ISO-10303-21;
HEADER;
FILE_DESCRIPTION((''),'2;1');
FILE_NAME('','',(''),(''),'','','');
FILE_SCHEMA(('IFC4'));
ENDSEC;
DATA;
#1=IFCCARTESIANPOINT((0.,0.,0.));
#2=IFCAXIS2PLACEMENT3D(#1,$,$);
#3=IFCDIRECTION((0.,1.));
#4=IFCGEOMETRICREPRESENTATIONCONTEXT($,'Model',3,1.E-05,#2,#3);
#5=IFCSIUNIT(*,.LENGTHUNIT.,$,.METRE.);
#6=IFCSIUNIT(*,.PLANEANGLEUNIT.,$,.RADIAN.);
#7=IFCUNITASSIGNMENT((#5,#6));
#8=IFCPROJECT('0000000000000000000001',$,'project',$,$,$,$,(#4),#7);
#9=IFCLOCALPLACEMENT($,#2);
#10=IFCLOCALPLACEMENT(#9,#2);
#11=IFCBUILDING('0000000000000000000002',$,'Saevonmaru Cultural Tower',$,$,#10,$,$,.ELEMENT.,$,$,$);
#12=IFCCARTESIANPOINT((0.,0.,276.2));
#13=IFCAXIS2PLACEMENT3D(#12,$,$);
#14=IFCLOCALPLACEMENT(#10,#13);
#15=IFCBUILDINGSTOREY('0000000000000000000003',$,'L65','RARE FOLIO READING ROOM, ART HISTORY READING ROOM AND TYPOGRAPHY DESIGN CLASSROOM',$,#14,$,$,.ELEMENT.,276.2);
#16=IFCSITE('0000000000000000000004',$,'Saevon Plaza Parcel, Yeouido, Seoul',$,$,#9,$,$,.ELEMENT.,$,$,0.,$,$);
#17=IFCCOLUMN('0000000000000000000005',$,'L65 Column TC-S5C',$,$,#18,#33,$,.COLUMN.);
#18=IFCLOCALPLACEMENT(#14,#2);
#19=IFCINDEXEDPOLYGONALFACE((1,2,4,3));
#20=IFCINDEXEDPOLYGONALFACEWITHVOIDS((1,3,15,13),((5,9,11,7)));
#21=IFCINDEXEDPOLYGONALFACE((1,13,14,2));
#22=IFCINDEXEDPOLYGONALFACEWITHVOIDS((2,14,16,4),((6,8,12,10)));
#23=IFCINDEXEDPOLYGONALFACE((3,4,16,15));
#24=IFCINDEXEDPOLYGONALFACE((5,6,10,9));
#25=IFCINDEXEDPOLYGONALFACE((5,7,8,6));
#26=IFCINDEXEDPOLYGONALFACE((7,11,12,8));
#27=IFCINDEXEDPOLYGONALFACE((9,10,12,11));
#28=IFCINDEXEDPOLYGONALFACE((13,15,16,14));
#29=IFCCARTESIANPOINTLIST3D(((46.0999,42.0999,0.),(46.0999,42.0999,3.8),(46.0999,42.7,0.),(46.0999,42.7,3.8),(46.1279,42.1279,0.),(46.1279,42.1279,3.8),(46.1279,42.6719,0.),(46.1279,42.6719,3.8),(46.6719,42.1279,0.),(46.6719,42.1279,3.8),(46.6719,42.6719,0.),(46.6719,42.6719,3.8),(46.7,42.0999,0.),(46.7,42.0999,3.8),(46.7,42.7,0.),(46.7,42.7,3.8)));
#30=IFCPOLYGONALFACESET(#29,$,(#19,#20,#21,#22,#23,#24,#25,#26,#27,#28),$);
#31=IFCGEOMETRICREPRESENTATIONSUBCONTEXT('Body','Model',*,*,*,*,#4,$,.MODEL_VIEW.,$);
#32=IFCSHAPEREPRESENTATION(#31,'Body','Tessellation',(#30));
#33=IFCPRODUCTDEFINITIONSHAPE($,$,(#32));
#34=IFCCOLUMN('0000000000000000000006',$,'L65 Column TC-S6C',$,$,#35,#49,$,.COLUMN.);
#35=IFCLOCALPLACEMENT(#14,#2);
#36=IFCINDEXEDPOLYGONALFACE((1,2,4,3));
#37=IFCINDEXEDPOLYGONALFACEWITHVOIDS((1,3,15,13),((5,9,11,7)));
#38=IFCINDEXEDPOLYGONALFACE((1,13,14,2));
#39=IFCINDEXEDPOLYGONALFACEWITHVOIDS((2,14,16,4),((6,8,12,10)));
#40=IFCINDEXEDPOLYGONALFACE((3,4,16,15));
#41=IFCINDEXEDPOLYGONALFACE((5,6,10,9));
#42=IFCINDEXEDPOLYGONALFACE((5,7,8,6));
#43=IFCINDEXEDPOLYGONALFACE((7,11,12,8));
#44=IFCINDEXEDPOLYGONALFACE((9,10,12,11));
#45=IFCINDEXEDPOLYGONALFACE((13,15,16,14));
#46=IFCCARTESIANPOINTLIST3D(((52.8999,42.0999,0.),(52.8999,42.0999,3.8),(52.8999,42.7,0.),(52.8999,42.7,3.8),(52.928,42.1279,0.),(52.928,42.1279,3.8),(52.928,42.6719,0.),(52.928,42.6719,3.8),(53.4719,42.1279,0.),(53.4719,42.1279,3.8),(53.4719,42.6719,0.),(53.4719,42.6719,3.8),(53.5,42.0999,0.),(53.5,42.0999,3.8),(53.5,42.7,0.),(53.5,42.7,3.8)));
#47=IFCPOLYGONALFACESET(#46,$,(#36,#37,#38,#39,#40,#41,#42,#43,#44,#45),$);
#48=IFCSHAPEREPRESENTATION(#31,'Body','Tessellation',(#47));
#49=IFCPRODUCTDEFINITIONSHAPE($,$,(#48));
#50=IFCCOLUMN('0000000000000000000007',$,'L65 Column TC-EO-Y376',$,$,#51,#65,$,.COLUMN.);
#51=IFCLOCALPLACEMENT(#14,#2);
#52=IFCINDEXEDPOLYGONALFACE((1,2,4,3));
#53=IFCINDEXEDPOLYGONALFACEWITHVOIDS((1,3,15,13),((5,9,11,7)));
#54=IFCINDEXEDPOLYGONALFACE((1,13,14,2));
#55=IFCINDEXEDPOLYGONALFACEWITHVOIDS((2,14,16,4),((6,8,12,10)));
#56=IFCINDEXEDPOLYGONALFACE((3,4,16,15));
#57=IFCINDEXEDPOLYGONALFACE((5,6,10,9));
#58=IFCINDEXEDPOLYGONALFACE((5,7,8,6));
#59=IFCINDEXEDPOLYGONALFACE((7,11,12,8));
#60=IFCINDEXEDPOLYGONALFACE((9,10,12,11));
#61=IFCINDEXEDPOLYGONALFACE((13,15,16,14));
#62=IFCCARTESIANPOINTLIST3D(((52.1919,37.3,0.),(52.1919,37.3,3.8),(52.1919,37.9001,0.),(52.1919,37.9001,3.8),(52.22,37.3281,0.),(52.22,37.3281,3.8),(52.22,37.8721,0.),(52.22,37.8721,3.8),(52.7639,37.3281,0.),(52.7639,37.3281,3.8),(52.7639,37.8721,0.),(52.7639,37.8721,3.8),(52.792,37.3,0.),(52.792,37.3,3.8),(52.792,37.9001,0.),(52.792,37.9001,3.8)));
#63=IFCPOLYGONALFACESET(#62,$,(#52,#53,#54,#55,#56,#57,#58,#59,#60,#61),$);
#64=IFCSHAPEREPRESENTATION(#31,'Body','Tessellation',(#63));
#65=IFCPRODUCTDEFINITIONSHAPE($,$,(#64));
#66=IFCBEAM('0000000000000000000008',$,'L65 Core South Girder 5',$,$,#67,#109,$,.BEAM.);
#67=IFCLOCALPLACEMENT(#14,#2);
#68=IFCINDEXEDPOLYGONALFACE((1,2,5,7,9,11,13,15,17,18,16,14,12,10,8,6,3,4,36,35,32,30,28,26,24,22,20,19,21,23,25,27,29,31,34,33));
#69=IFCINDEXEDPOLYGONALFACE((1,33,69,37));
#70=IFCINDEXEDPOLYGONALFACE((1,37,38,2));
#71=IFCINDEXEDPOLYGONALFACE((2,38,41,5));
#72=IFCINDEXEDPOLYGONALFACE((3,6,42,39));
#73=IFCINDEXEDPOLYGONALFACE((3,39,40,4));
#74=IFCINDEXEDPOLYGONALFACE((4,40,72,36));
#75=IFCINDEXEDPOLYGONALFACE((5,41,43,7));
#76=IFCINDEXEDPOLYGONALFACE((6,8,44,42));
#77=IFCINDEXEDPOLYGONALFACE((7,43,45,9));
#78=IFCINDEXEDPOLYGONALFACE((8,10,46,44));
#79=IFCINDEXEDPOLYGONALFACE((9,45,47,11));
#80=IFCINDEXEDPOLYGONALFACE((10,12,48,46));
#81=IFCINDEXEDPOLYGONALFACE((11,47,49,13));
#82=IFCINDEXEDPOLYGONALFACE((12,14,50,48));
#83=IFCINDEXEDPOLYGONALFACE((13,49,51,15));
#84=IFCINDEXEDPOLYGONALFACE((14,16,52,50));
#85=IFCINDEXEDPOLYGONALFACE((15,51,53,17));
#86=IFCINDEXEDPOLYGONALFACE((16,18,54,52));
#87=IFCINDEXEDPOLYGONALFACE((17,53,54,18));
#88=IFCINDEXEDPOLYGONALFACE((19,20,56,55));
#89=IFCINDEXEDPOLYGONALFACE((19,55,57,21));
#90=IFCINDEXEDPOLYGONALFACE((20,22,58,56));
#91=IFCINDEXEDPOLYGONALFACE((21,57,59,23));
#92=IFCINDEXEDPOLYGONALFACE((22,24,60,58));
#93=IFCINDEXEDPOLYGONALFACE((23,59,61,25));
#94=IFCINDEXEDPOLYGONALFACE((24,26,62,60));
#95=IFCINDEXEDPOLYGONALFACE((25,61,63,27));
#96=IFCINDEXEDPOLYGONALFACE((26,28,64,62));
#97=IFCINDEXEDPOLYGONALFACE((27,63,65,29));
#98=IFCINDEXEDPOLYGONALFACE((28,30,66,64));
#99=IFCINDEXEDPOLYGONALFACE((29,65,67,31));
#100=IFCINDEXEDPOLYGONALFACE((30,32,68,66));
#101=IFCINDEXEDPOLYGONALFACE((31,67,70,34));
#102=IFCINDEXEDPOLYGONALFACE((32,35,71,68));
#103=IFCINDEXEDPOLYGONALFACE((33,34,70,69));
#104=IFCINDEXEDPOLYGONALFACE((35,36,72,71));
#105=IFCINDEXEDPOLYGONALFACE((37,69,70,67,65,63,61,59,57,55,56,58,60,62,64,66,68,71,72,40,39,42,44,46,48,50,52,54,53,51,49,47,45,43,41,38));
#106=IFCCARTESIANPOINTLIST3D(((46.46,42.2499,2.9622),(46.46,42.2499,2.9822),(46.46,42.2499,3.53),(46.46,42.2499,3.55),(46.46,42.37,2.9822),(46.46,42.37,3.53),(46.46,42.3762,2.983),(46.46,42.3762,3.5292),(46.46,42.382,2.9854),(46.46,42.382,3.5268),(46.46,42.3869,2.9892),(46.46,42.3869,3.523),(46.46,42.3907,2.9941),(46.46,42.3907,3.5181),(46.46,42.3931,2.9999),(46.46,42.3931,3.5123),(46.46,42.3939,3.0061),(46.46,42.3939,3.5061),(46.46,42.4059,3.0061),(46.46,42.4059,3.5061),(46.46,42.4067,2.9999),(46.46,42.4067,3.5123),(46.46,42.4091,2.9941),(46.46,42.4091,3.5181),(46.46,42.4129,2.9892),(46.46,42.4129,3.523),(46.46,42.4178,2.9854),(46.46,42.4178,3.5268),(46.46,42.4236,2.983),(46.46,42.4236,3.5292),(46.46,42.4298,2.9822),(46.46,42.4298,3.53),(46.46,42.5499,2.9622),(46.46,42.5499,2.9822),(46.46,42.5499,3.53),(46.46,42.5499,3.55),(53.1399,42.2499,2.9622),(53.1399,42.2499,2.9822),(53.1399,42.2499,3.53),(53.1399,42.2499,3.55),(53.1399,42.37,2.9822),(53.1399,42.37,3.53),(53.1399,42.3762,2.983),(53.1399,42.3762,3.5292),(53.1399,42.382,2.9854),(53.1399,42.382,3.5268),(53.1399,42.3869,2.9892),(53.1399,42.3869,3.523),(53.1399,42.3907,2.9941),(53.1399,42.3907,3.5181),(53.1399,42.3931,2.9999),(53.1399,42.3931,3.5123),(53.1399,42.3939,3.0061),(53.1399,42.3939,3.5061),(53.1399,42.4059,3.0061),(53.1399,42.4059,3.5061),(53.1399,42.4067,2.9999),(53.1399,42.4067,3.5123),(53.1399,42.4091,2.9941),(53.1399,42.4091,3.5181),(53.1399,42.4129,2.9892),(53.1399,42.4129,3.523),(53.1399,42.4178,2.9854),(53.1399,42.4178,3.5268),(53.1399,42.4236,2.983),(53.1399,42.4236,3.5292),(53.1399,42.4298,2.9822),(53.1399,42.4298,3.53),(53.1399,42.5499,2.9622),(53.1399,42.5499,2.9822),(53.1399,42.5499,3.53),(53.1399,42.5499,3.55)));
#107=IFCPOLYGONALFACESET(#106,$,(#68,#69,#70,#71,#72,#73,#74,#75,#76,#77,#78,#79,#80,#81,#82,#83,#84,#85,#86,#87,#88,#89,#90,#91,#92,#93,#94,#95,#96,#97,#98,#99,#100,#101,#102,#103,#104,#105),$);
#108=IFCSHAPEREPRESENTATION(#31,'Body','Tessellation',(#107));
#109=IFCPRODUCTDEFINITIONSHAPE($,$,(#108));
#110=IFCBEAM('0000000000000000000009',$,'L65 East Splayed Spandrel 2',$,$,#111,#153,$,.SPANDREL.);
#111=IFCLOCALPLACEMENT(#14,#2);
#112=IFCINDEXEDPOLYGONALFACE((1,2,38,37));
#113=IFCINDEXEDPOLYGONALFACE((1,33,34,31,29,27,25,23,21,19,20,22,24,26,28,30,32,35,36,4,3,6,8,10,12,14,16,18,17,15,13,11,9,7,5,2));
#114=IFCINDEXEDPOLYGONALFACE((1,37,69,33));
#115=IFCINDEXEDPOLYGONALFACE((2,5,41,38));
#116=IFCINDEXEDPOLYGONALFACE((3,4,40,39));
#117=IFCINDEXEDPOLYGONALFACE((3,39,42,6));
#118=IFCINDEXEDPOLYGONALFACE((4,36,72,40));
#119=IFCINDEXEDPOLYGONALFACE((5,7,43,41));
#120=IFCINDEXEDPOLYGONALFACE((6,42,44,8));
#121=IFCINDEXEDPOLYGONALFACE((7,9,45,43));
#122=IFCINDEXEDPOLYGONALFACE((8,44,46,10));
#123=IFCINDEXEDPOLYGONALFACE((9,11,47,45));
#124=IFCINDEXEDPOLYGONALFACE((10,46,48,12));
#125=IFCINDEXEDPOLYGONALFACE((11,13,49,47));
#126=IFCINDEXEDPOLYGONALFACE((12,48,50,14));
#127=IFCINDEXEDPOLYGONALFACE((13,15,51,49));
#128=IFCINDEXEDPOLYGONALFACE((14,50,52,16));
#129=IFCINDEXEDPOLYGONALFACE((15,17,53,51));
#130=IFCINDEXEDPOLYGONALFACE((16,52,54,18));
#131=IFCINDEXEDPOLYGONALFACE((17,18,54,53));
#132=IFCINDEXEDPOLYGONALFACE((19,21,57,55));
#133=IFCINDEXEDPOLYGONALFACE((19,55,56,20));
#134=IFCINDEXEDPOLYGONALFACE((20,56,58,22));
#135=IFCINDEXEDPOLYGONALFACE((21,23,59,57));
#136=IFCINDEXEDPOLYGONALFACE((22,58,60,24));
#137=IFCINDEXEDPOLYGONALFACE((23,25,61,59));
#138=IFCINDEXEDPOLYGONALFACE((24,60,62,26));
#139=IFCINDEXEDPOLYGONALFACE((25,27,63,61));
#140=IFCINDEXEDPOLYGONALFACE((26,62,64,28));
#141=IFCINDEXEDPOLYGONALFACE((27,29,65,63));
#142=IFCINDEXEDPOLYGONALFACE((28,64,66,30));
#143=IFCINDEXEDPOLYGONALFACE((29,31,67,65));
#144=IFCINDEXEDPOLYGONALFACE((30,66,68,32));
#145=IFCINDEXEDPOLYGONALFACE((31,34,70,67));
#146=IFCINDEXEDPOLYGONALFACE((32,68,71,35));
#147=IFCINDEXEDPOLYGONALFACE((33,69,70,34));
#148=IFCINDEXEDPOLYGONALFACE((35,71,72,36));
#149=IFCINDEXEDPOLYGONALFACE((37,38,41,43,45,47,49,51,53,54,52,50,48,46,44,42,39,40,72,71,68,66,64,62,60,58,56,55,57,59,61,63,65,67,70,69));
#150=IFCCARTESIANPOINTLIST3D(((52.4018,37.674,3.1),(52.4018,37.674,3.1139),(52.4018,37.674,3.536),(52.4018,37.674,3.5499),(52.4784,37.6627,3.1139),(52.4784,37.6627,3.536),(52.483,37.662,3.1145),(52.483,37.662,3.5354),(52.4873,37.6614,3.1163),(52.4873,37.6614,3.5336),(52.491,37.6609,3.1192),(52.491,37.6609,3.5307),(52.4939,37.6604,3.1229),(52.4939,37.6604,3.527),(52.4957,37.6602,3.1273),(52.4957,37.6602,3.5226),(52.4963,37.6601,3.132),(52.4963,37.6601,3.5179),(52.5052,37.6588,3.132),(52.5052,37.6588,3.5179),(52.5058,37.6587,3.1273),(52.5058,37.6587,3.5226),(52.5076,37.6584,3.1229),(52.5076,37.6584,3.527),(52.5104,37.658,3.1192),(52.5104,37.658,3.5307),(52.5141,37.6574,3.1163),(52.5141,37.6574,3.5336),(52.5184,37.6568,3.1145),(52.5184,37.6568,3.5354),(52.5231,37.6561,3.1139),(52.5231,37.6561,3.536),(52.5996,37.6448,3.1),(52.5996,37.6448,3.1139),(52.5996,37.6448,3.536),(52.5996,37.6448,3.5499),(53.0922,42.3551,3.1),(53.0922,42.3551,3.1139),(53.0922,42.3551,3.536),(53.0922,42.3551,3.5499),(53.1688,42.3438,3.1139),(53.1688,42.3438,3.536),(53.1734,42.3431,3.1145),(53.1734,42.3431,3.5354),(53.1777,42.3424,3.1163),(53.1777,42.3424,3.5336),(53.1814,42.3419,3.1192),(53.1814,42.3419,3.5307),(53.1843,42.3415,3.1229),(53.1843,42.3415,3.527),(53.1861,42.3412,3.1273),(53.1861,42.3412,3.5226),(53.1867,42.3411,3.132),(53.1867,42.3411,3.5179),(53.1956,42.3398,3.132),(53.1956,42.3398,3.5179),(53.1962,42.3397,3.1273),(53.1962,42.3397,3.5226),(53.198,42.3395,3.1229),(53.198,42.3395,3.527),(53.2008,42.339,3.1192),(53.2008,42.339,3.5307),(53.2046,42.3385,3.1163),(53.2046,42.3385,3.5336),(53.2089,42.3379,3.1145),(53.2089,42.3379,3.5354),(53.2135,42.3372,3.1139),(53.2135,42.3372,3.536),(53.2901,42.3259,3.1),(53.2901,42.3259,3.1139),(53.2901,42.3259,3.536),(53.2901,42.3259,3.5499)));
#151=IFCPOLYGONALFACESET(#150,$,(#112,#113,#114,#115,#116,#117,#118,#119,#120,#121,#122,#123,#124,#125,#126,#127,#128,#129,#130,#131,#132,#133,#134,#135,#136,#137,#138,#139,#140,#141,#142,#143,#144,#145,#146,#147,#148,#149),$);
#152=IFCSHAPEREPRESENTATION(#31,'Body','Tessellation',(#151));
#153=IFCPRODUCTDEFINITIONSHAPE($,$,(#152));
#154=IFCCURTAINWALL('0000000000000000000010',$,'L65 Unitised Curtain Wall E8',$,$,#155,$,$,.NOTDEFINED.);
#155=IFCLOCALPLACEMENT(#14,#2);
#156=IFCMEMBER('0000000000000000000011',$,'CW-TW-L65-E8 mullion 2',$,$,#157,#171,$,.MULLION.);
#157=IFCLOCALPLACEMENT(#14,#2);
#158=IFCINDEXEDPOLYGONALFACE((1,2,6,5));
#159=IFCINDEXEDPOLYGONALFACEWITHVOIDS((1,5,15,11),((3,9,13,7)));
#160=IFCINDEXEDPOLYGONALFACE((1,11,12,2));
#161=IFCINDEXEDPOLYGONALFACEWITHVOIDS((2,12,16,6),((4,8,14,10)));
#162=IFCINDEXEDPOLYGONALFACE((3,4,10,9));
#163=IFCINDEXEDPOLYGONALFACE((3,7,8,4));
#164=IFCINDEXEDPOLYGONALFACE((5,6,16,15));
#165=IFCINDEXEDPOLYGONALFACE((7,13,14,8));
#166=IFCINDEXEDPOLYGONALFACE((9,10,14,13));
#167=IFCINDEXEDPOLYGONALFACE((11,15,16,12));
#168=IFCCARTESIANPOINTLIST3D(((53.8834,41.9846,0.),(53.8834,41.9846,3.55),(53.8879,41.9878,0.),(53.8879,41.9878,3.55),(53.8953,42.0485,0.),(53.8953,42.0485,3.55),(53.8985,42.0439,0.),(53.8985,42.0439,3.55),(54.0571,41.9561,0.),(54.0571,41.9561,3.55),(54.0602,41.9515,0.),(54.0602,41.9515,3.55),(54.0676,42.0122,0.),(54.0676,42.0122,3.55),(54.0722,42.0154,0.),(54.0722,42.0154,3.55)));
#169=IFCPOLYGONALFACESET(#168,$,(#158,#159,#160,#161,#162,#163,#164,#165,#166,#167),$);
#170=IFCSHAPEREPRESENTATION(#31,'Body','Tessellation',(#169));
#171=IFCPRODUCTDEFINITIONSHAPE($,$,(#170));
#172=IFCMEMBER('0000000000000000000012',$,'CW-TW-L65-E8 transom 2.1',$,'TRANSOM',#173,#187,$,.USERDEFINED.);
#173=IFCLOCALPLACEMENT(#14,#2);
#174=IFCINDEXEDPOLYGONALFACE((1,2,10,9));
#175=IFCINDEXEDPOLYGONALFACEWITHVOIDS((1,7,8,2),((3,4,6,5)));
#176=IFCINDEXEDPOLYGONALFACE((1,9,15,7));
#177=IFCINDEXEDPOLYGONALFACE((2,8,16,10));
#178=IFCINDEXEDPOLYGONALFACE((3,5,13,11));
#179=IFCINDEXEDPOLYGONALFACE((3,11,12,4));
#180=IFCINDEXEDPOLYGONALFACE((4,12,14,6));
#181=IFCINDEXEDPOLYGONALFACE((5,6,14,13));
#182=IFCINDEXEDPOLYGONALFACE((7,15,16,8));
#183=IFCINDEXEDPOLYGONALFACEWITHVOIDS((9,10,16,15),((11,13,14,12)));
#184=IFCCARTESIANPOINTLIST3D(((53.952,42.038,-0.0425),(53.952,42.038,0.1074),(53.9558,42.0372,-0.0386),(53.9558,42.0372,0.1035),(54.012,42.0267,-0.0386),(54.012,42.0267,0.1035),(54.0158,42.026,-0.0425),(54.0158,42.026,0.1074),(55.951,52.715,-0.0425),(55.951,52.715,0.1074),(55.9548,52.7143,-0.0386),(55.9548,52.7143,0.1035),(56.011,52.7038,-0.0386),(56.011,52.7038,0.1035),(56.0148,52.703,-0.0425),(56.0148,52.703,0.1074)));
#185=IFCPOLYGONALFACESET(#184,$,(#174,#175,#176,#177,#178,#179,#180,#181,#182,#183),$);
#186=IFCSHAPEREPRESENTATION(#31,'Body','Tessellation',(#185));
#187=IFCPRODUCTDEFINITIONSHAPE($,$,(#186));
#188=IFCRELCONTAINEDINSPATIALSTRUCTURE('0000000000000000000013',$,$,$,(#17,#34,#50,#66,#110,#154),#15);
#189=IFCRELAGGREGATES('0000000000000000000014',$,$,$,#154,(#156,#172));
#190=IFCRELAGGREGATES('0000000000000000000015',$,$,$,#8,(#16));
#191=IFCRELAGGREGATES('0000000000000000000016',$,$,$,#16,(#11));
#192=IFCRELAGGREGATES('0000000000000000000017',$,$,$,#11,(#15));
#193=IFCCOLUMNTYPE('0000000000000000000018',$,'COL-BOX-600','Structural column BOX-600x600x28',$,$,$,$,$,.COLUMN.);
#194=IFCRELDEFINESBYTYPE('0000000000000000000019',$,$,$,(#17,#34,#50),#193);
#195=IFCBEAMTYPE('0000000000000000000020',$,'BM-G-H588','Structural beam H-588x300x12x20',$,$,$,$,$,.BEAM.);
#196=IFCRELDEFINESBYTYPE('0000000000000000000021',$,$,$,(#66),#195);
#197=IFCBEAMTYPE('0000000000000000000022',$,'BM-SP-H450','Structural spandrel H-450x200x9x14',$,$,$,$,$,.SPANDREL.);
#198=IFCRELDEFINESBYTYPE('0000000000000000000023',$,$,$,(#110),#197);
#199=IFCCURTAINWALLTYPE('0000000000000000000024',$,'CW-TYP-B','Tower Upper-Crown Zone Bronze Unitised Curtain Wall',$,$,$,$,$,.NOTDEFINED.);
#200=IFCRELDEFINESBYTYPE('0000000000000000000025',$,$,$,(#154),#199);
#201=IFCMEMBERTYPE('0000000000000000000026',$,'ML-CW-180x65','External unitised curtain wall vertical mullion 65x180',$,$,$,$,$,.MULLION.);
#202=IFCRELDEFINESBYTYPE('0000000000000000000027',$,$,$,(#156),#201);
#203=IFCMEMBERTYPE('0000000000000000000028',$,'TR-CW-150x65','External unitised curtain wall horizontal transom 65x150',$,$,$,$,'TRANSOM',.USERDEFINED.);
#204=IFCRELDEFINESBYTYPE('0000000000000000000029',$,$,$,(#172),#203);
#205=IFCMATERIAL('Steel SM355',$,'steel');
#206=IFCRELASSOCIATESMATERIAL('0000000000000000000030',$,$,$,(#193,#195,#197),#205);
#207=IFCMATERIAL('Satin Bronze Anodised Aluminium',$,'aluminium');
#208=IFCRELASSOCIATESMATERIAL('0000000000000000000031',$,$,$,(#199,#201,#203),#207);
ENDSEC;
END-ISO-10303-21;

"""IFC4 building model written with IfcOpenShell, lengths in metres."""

from ifc_helpers import new_model, si_unit, direction, frame, origin, origin_2d, place, context, subcontext, project, spatial, hollow_rectangle, i_section, extrude, material, material_profile, profile_set, type_object, element, aggregate, save


model = new_model("IFC4")

# Units and contexts
model_context = context("Model", 3, precision=1e-05, world=origin(), true_north=direction((0.0, 1.0)))
body_context = subcontext(model_context, "Body", "Model", "MODEL_VIEW")
ifc_project = project(units=[si_unit("LENGTHUNIT", "METRE"), si_unit("PLANEANGLEUNIT", "RADIAN")], contexts=[model_context])

# Site, building, storey
site_placement = place(None, origin())
site = spatial("IfcSite", under=ifc_project, at=site_placement, Name="Saevon Plaza Parcel, Yeouido, Seoul", CompositionType="ELEMENT", RefElevation=0.0)
building_placement = place(site_placement, origin())
building = spatial("IfcBuilding", under=site, at=building_placement, Name="Saevonmaru Cultural Tower", CompositionType="ELEMENT")
storey_placement = place(building_placement, frame((0.0, 0.0, 276.2)))
storey = spatial("IfcBuildingStorey", under=building, at=storey_placement, Name="L65", Description="RARE FOLIO READING ROOM, ART HISTORY READING ROOM AND TYPOGRAPHY DESIGN CLASSROOM", CompositionType="ELEMENT", Elevation=276.2)

# Columns
ifc_material_1 = material(Name="Steel SM355", Category="steel")
ifc_material_profile_1 = material_profile(ifc_material_1, hollow_rectangle(XDim=0.6001, YDim=0.6001, WallThickness=0.0281, at=origin_2d()), Name="BOX-600x600x28")
ifc_profile_set_1 = profile_set([ifc_material_profile_1], Name="Steel SM355")
column_type = type_object("IfcColumnType", Name="COL-BOX-600", Description="Structural column BOX-600x600x28", PredefinedType="COLUMN", material=ifc_profile_set_1)
for number, where, z_axis, x_axis, name in (
    (1, (46.3999, 42.3999, 0.0), (0.0, 0.0, 1.0), (1.0, 0.0, 0.0), "L65 Column TC-S5C"),
    (2, (53.2, 42.3999, 0.0), (0.0, 0.0, 1.0), (1.0, 0.0, 0.0), "L65 Column TC-S6C"),
    (3, (52.4919, 37.6001, 0.0), (0.0, 0.0, 1.0), (1.0, 0.0, 0.0), "L65 Column TC-EO-Y376"),
):
    element("IfcColumn", number, at=place(storey_placement, frame(where, z_axis=z_axis, x_axis=x_axis)), inside=storey, type_object=column_type, Name=name, PredefinedType="COLUMN", context=body_context, shape_type="SweptSolid", body=[
        extrude(hollow_rectangle(XDim=0.6001, YDim=0.6001, WallThickness=0.0281, at=origin_2d()), origin(), (0.0, 0.0, 1.0), 3.8),
    ])

# Beams
ifc_material_profile_2 = material_profile(ifc_material_1, i_section(OverallWidth=0.3, OverallDepth=0.5879, WebThickness=0.012, FlangeThickness=0.02, FilletRadius=0.0239, at=origin_2d()), Name="H-588x300x12x20")
ifc_profile_set_2 = profile_set([ifc_material_profile_2], Name="Steel SM355")
beam_type_1 = type_object("IfcBeamType", Name="BM-G-H588", Description="Structural beam H-588x300x12x20", PredefinedType="BEAM", material=ifc_profile_set_2)
beam_1_placement = place(storey_placement, frame((46.46, 42.3999, 3.2561), z_axis=(1.0, 0.0, 0.0), x_axis=(0.0, 1.0, 0.0)))
element("IfcBeam", 4, at=beam_1_placement, inside=storey, type_object=beam_type_1, Name="L65 Core South Girder 5", PredefinedType="BEAM", context=body_context, shape_type="SweptSolid", body=[
    extrude(i_section(OverallWidth=0.3, OverallDepth=0.5879, WebThickness=0.012, FlangeThickness=0.02, FilletRadius=0.0239, at=origin_2d()), origin(), (0.0, 0.0, 1.0), 6.6799),
])
ifc_material_profile_3 = material_profile(ifc_material_1, i_section(OverallWidth=0.2, OverallDepth=0.45, WebThickness=0.009, FlangeThickness=0.0139, FilletRadius=0.0181, at=origin_2d()), Name="H-450x200x9x14")
ifc_profile_set_3 = profile_set([ifc_material_profile_3], Name="Steel SM355")
beam_type_2 = type_object("IfcBeamType", Name="BM-SP-H450", Description="Structural spandrel H-450x200x9x14", PredefinedType="SPANDREL", material=ifc_profile_set_3)
beam_2_placement = place(storey_placement, frame((52.5007, 37.6594, 3.325), z_axis=(0.145913, 0.989297, 0.0), x_axis=(-0.989297, 0.145913, 0.0)))
element("IfcBeam", 5, at=beam_2_placement, inside=storey, type_object=beam_type_2, Name="L65 East Splayed Spandrel 2", PredefinedType="SPANDREL", context=body_context, shape_type="SweptSolid", body=[
    extrude(i_section(OverallWidth=0.2, OverallDepth=0.45, WebThickness=0.009, FlangeThickness=0.0139, FilletRadius=0.0181, at=origin_2d()), origin(), (0.0, 0.0, 1.0), 4.7317),
])

# Curtain wall, members
ifc_material_2 = material(Name="Satin Bronze Anodised Aluminium", Category="aluminium")
curtain_wall_type = type_object("IfcCurtainWallType", Name="CW-TYP-B", Description="Tower Upper-Crown Zone Bronze Unitised Curtain Wall", PredefinedType="NOTDEFINED", material=ifc_material_2)
curtain_wall_placement = place(storey_placement, origin())
curtain_wall = element("IfcCurtainWall", 6, at=curtain_wall_placement, inside=storey, type_object=curtain_wall_type, Name="L65 Unitised Curtain Wall E8", PredefinedType="NOTDEFINED")
ifc_material_profile_4 = material_profile(ifc_material_2, hollow_rectangle(XDim=0.0649, YDim=0.1799, WallThickness=0.0039, at=origin_2d()), Name="ALU-MULL-180x65x4")
ifc_profile_set_4 = profile_set([ifc_material_profile_4], Name="Satin Bronze Anodised Aluminium")
member_type_1 = type_object("IfcMemberType", Name="ML-CW-180x65", Description="External unitised curtain wall vertical mullion 65x180", PredefinedType="MULLION", material=ifc_profile_set_4)
member_1_placement = place(storey_placement, frame((53.9778, 42.0, 0.0), z_axis=(0.0, 0.0, 1.0), x_axis=(0.184047, 0.982918, 0.0)))
member_1 = element("IfcMember", 7, at=member_1_placement, type_object=member_type_1, Name="CW-TW-L65-E8 mullion 2", PredefinedType="MULLION", context=body_context, shape_type="SweptSolid", body=[
    extrude(hollow_rectangle(XDim=0.0649, YDim=0.1799, WallThickness=0.0039, at=origin_2d()), origin(), (0.0, 0.0, 1.0), 3.55),
])
ifc_material_profile_5 = material_profile(ifc_material_2, hollow_rectangle(XDim=0.0649, YDim=0.1499, WallThickness=0.0039, at=origin_2d()), Name="ALU-TRAN-150x65x4")
ifc_profile_set_5 = profile_set([ifc_material_profile_5], Name="Satin Bronze Anodised Aluminium")
member_type_2 = type_object("IfcMemberType", Name="TR-CW-150x65", Description="External unitised curtain wall horizontal transom 65x150", ElementType="TRANSOM", PredefinedType="USERDEFINED", material=ifc_profile_set_5)
member_2_placement = place(storey_placement, frame((53.9839, 42.032, 0.0325), z_axis=(0.184029, 0.982921, 0.0), x_axis=(-0.982921, 0.184029, 0.0)))
member_2 = element("IfcMember", 8, at=member_2_placement, type_object=member_type_2, Name="CW-TW-L65-E8 transom 2.1", ObjectType="TRANSOM", PredefinedType="USERDEFINED", context=body_context, shape_type="SweptSolid", body=[
    extrude(hollow_rectangle(XDim=0.0649, YDim=0.1499, WallThickness=0.0039, at=origin_2d()), origin(), (0.0, 0.0, 1.0), 10.8625),
])
aggregate(curtain_wall, [member_1, member_2])

save(model, "model.ifc")
